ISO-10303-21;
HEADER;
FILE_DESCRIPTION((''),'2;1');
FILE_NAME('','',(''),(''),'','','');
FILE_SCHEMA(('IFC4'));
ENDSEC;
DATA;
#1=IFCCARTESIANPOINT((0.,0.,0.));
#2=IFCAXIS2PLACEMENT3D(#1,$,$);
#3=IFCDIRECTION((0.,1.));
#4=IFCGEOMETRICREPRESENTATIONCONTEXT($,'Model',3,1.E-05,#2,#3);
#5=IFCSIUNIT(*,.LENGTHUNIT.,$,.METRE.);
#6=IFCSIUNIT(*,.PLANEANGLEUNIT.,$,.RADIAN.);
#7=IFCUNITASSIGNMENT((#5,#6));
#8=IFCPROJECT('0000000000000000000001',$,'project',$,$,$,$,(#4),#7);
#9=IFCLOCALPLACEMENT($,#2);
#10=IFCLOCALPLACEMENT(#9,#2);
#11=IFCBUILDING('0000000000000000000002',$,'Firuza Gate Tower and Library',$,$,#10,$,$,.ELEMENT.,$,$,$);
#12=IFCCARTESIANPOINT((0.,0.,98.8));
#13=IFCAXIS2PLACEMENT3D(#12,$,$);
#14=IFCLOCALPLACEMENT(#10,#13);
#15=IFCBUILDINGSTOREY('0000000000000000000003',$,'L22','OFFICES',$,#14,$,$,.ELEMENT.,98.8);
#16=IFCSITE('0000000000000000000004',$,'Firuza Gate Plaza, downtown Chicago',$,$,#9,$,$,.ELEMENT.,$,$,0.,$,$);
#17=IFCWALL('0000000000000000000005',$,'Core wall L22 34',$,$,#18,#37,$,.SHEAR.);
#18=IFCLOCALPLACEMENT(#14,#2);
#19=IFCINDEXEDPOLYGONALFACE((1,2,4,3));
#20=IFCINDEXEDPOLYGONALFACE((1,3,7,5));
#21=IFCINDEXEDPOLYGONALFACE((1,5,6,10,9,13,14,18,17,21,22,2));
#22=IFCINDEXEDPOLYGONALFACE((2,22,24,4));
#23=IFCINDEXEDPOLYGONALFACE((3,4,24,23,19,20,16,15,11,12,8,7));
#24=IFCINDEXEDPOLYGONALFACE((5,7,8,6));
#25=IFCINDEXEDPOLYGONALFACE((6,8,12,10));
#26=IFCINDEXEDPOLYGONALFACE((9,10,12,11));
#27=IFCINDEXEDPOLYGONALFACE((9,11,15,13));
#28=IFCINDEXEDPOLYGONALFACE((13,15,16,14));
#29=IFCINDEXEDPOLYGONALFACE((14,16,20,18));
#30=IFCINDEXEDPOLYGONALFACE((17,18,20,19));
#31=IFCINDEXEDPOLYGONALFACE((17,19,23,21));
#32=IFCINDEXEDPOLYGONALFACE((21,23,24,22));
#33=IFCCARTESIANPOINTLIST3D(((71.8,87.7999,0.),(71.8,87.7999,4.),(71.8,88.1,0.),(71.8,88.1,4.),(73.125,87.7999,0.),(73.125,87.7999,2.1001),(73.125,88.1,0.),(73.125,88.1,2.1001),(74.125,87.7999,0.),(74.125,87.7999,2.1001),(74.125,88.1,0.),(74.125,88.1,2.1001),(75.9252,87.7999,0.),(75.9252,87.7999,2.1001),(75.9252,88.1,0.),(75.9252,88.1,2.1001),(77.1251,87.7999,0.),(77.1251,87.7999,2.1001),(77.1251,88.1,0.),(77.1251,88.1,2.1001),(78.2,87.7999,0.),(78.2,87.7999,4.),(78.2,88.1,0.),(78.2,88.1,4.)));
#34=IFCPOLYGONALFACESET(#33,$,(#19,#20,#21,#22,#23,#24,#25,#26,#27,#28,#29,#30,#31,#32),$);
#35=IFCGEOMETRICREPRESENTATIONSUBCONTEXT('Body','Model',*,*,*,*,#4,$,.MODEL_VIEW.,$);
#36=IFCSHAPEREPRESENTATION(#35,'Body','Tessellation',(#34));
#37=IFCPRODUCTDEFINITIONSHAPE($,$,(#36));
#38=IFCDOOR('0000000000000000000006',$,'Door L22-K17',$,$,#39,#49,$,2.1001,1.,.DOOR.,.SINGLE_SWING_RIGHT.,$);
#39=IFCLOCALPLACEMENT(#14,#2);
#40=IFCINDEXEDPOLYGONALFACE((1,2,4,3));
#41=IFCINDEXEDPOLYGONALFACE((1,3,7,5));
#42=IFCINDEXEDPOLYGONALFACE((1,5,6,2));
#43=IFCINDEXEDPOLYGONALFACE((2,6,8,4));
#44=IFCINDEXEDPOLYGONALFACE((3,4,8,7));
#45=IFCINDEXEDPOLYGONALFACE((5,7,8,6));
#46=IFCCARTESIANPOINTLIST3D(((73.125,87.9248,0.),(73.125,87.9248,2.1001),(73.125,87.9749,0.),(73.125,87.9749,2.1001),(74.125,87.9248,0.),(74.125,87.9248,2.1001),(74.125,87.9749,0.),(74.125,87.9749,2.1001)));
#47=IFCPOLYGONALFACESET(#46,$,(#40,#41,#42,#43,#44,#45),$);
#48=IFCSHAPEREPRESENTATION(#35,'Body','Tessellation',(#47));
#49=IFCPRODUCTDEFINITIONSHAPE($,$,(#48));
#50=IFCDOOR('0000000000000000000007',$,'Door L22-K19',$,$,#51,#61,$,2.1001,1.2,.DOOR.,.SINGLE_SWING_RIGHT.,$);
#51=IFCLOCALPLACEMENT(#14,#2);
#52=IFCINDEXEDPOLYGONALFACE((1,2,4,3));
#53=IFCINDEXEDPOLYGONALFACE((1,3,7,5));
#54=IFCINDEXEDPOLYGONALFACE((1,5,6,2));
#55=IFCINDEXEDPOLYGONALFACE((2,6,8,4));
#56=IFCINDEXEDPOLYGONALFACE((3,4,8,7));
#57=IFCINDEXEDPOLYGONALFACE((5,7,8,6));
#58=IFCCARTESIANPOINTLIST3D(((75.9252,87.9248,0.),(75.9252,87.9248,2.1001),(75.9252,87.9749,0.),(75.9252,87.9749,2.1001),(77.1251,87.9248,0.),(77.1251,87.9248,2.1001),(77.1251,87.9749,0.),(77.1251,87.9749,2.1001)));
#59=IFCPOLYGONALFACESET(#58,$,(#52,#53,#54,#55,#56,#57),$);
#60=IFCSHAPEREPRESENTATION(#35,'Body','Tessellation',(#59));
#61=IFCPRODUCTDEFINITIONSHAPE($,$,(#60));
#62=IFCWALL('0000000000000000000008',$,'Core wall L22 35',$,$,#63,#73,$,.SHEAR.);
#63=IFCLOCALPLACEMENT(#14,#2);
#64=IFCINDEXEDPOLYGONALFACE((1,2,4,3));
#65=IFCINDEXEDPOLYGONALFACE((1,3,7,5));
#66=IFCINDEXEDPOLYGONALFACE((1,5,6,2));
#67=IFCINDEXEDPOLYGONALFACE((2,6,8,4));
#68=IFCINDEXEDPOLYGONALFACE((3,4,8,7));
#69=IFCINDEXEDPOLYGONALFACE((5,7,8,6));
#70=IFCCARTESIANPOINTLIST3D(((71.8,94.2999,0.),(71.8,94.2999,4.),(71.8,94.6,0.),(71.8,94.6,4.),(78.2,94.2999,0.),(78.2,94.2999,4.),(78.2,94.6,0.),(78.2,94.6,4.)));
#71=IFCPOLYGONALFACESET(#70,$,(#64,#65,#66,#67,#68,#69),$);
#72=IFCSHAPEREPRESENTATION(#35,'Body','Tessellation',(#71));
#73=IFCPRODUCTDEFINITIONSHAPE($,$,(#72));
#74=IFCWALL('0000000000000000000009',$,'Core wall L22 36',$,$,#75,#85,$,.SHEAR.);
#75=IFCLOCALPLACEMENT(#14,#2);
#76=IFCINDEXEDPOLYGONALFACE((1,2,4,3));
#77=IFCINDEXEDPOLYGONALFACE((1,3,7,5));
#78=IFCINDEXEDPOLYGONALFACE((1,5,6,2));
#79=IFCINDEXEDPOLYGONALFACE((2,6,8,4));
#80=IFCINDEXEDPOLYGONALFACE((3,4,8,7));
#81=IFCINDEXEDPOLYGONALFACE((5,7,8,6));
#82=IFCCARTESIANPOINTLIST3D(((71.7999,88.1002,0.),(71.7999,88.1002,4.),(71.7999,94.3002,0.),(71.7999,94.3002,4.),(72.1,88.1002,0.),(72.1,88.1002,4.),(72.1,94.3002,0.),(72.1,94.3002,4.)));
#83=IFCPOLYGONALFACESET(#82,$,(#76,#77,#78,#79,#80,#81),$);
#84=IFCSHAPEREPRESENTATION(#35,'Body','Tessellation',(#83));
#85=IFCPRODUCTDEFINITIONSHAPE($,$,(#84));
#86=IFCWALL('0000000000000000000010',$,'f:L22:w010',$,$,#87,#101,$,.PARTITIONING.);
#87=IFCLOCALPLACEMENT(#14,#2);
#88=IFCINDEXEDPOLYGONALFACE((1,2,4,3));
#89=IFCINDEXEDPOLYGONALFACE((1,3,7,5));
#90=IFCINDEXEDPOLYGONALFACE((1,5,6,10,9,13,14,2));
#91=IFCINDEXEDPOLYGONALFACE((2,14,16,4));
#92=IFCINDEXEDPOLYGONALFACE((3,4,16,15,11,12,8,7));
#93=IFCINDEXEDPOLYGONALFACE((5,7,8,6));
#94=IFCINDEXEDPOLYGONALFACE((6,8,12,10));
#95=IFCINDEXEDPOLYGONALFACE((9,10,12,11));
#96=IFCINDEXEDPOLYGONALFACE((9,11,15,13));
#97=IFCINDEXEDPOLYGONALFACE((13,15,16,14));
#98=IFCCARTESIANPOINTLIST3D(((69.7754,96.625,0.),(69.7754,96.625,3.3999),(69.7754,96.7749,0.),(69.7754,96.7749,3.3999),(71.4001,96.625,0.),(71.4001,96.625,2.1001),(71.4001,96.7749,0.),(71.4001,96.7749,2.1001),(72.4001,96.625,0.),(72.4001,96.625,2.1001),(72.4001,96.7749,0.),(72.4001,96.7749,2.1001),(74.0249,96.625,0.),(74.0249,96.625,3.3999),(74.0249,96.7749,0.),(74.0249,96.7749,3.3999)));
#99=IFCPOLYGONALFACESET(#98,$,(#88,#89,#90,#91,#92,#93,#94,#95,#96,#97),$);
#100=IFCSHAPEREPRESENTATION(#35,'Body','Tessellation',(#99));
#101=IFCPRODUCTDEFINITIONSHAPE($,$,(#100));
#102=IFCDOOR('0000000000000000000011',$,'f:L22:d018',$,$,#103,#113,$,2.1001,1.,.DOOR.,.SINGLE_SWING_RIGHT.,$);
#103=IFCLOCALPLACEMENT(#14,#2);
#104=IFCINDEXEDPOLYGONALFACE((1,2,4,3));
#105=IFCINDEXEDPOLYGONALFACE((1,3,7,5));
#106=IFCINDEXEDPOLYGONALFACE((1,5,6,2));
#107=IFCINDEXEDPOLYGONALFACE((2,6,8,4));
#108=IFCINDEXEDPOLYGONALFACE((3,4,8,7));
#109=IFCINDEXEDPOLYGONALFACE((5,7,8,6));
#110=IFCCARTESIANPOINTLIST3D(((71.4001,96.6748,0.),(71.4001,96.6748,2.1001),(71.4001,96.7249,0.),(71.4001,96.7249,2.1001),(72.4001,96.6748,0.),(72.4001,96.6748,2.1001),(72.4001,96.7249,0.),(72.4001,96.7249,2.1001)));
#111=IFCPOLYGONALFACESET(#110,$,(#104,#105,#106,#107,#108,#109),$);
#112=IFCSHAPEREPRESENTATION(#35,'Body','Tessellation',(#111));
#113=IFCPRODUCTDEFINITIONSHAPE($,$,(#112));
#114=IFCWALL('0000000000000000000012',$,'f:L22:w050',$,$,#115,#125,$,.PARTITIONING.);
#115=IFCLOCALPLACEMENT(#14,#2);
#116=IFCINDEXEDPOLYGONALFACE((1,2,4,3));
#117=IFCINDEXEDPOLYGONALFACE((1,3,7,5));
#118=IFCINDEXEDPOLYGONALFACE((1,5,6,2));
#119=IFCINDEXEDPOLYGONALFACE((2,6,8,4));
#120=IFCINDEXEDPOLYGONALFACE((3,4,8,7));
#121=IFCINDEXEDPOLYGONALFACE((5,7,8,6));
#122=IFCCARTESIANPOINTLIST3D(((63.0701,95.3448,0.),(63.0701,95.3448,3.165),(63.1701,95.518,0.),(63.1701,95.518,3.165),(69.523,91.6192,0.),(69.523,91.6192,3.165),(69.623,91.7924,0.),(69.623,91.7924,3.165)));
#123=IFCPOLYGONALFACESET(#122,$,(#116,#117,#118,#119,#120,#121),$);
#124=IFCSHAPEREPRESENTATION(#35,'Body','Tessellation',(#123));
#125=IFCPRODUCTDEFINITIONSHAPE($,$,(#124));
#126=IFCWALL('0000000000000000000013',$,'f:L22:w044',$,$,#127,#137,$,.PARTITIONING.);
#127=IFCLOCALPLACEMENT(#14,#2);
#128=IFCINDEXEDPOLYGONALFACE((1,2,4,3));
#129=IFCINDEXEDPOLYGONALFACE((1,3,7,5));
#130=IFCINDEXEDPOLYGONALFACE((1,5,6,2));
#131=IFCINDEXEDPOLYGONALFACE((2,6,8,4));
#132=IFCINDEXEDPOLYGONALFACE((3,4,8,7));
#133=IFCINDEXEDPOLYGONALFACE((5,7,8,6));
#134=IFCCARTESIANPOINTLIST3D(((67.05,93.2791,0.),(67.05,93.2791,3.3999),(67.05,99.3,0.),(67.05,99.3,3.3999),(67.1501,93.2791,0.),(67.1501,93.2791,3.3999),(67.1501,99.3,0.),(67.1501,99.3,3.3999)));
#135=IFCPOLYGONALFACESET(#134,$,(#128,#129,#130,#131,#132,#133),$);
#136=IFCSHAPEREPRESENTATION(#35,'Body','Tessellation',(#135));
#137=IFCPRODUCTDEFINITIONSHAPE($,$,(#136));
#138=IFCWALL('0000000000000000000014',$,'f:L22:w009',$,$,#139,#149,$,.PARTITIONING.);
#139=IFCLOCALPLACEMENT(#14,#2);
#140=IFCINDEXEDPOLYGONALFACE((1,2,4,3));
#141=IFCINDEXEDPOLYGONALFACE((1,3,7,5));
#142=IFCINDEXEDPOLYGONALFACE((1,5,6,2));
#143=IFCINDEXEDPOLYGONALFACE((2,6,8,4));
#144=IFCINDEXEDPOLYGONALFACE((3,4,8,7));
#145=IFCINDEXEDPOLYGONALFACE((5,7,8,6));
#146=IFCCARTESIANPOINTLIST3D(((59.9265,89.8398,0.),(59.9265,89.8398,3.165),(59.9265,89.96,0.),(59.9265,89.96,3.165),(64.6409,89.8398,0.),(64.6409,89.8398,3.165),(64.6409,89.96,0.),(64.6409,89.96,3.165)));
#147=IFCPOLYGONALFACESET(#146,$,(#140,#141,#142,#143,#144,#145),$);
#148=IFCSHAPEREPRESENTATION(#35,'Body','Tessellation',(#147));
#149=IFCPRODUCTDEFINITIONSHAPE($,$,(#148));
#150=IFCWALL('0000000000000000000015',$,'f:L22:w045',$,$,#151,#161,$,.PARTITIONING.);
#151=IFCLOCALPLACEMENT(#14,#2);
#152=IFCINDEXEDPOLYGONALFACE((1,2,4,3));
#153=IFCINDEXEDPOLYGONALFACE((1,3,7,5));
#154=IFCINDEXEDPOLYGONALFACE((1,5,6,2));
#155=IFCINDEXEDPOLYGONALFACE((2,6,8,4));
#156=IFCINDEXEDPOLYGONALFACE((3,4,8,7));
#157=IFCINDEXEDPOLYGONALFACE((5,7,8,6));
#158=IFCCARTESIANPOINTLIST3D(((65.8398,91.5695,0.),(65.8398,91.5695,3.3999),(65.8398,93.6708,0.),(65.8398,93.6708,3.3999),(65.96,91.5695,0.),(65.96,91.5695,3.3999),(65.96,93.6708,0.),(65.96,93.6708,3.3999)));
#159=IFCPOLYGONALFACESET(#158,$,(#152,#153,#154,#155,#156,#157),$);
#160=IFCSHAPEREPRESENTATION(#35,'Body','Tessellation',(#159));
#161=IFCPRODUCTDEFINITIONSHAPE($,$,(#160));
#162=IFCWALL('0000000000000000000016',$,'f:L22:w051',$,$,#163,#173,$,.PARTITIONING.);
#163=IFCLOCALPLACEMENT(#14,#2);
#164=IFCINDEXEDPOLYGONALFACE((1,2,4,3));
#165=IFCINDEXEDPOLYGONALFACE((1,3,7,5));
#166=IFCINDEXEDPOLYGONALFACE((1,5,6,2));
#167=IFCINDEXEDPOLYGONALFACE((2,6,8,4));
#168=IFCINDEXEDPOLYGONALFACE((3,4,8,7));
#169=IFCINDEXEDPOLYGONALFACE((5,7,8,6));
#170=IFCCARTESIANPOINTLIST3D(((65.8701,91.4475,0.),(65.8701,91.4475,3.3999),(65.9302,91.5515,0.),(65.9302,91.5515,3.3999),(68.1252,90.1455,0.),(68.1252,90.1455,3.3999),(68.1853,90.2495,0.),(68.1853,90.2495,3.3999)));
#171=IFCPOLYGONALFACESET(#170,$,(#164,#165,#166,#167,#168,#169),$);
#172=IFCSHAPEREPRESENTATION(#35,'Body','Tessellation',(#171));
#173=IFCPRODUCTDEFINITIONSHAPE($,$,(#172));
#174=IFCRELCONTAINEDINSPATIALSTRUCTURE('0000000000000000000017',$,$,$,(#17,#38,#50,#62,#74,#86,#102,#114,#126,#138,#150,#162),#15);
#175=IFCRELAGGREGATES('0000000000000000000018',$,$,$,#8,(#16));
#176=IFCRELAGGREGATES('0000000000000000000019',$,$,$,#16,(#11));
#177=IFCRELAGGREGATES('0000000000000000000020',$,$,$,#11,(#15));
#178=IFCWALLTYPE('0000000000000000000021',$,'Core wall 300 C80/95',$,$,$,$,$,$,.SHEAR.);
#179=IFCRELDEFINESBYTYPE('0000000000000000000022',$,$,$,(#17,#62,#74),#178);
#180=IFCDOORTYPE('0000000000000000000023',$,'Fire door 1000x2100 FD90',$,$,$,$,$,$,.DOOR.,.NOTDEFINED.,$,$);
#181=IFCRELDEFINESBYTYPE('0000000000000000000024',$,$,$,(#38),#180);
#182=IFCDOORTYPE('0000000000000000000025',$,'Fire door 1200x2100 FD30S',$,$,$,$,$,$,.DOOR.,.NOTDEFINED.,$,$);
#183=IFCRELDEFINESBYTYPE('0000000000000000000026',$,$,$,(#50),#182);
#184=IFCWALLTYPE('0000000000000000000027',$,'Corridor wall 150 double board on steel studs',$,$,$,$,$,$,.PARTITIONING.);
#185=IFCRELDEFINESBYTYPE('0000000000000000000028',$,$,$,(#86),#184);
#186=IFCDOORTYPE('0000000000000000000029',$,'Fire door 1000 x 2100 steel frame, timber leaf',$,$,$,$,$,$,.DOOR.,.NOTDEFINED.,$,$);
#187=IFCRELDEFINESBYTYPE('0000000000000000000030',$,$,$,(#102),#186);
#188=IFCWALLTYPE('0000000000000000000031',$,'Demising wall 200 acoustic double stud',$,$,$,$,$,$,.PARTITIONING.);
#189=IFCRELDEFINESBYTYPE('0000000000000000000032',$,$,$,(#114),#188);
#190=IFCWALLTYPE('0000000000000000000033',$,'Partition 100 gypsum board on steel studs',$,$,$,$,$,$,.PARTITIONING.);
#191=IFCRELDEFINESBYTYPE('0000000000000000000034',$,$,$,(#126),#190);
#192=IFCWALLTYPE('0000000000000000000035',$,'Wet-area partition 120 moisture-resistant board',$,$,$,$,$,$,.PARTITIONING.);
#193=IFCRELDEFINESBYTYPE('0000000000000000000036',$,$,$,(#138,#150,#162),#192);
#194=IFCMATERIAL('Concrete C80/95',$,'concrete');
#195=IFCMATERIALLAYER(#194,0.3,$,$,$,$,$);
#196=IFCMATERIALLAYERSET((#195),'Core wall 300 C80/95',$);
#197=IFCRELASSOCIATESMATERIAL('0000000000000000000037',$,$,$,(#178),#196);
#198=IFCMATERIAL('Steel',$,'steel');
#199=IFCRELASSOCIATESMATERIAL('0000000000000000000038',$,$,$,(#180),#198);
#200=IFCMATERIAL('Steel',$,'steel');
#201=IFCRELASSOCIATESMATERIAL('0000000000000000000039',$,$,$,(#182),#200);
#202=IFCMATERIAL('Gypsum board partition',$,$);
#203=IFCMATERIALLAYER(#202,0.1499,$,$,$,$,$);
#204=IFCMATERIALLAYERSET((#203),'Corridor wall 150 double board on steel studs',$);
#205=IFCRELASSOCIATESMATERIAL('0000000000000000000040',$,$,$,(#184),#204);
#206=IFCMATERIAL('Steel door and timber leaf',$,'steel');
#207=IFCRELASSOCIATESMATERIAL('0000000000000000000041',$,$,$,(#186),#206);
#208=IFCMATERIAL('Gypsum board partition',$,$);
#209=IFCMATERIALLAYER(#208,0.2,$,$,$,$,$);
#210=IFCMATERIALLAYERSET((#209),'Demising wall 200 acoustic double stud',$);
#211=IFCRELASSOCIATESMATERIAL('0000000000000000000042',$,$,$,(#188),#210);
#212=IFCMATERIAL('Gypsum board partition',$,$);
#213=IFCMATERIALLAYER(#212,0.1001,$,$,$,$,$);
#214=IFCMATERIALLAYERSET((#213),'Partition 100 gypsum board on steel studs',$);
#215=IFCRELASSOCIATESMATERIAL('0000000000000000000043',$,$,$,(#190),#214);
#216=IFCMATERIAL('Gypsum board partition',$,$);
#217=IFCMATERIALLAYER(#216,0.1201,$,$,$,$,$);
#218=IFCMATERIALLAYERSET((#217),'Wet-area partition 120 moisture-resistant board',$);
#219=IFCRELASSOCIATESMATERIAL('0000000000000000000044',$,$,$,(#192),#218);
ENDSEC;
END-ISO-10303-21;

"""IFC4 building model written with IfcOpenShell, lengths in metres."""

from ifc_helpers import new_model, si_unit, direction, frame, frame_2d, origin, place, context, subcontext, project, spatial, rectangle, extrude, material, layer, layer_set, type_object, element, fill, save


model = new_model("IFC4")

# Units and contexts
model_context = context("Model", 3, precision=1e-05, world=origin(), true_north=direction((0.0, 1.0)))
body_context = subcontext(model_context, "Body", "Model", "MODEL_VIEW")
ifc_project = project(units=[si_unit("LENGTHUNIT", "METRE"), si_unit("PLANEANGLEUNIT", "RADIAN")], contexts=[model_context])

# Site, building, storey
site_placement = place(None, origin())
site = spatial("IfcSite", under=ifc_project, at=site_placement, Name="Firuza Gate Plaza, downtown Chicago", CompositionType="ELEMENT", RefElevation=0.0)
building_placement = place(site_placement, origin())
building = spatial("IfcBuilding", under=site, at=building_placement, Name="Firuza Gate Tower and Library", CompositionType="ELEMENT")
storey_placement = place(building_placement, frame((0.0, 0.0, 98.8)))
storey = spatial("IfcBuildingStorey", under=building, at=storey_placement, Name="L22", Description="OFFICES", CompositionType="ELEMENT", Elevation=98.8)

# Wall, openings, doors
ifc_material_1 = material(Name="Concrete C80/95", Category="concrete")
ifc_layer_1 = layer(ifc_material_1, 0.3)
ifc_layer_set_1 = layer_set([ifc_layer_1], Name="Core wall 300 C80/95")
wall_type_1 = type_object("IfcWallType", Name="Core wall 300 C80/95", PredefinedType="SHEAR", material=ifc_layer_set_1)
wall_1_placement = place(storey_placement, frame((71.8, 87.95, 0.0), z_axis=(0.0, 0.0, 1.0), x_axis=(1.0, 0.0, 0.0)))
wall_1 = element("IfcWall", 1, at=wall_1_placement, inside=storey, type_object=wall_type_1, Name="Core wall L22 34", PredefinedType="SHEAR", context=body_context, shape_type="SweptSolid", body=[
    extrude(rectangle(XDim=6.3999, YDim=0.3, at=frame_2d((3.2, 0.0))), origin(), (0.0, 0.0, 1.0), 4.0),
])
opening_1_placement = place(wall_1_placement, frame((1.325, 0.0, 0.0)))
opening_1 = element("IfcOpeningElement", 2, at=opening_1_placement, cuts=wall_1, PredefinedType="OPENING", context=body_context, shape_type="SweptSolid", body=[
    extrude(rectangle(XDim=1.0, YDim=2.1001, at=frame_2d((0.5, 1.05))), frame((0.0, 0.1602, 0.0), z_axis=(0.0, -1.0, 0.0), x_axis=(1.0, 0.0, 0.0)), (0.0, 0.0, 1.0), 0.3201),
])
opening_2_placement = place(wall_1_placement, frame((4.125, 0.0, 0.0)))
opening_2 = element("IfcOpeningElement", 3, at=opening_2_placement, cuts=wall_1, PredefinedType="OPENING", context=body_context, shape_type="SweptSolid", body=[
    extrude(rectangle(XDim=1.2, YDim=2.1001, at=frame_2d((0.6001, 1.05))), frame((0.0, 0.1602, 0.0), z_axis=(0.0, -1.0, 0.0), x_axis=(1.0, 0.0, 0.0)), (0.0, 0.0, 1.0), 0.3201),
])
ifc_material_2 = material(Name="Steel", Category="steel")
door_type_1 = type_object("IfcDoorType", Name="Fire door 1000x2100 FD90", OperationType="NOTDEFINED", PredefinedType="DOOR", material=ifc_material_2)
door_1_placement = place(opening_1_placement, origin())
door_1 = element("IfcDoor", 4, at=door_1_placement, inside=storey, type_object=door_type_1, Name="Door L22-K17", OperationType="SINGLE_SWING_RIGHT", OverallHeight=2.1001, OverallWidth=1.0, PredefinedType="DOOR", context=body_context, shape_type="SweptSolid", body=[
    extrude(rectangle(XDim=1.0, YDim=2.1001, at=frame_2d((0.5, 1.05))), frame((0.0, 0.0249, 0.0), z_axis=(0.0, -1.0, 0.0), x_axis=(1.0, 0.0, 0.0)), (0.0, 0.0, 1.0), 0.05),
])
fill(opening_1, door_1)
ifc_material_3 = material(Name="Steel", Category="steel")
door_type_2 = type_object("IfcDoorType", Name="Fire door 1200x2100 FD30S", OperationType="NOTDEFINED", PredefinedType="DOOR", material=ifc_material_3)
door_2_placement = place(opening_2_placement, origin())
door_2 = element("IfcDoor", 5, at=door_2_placement, inside=storey, type_object=door_type_2, Name="Door L22-K19", OperationType="SINGLE_SWING_RIGHT", OverallHeight=2.1001, OverallWidth=1.2, PredefinedType="DOOR", context=body_context, shape_type="SweptSolid", body=[
    extrude(rectangle(XDim=1.2, YDim=2.1001, at=frame_2d((0.6001, 1.05))), frame((0.0, 0.0249, 0.0), z_axis=(0.0, -1.0, 0.0), x_axis=(1.0, 0.0, 0.0)), (0.0, 0.0, 1.0), 0.05),
])
fill(opening_2, door_2)

# Walls
wall_2_placement = place(storey_placement, frame((71.8, 94.45, 0.0), z_axis=(0.0, 0.0, 1.0), x_axis=(1.0, 0.0, 0.0)))
element("IfcWall", 6, at=wall_2_placement, inside=storey, type_object=wall_type_1, Name="Core wall L22 35", PredefinedType="SHEAR", context=body_context, shape_type="SweptSolid", body=[
    extrude(rectangle(XDim=6.3999, YDim=0.3, at=frame_2d((3.2, 0.0))), origin(), (0.0, 0.0, 1.0), 4.0),
])
wall_3_placement = place(storey_placement, frame((71.95, 88.1001, 0.0), z_axis=(0.0, 0.0, 1.0), x_axis=(0.0, 1.0, 0.0)))
element("IfcWall", 7, at=wall_3_placement, inside=storey, type_object=wall_type_1, Name="Core wall L22 36", PredefinedType="SHEAR", context=body_context, shape_type="SweptSolid", body=[
    extrude(rectangle(XDim=6.2, YDim=0.3, at=frame_2d((3.1001, 0.0))), origin(), (0.0, 0.0, 1.0), 4.0),
])

# Wall, opening, door
ifc_material_4 = material(Name="Gypsum board partition")
ifc_layer_2 = layer(ifc_material_4, 0.1499)
ifc_layer_set_2 = layer_set([ifc_layer_2], Name="Corridor wall 150 double board on steel studs")
wall_type_2 = type_object("IfcWallType", Name="Corridor wall 150 double board on steel studs", PredefinedType="PARTITIONING", material=ifc_layer_set_2)
wall_4_placement = place(storey_placement, frame((69.7754, 96.7, 0.0), z_axis=(0.0, 0.0, 1.0), x_axis=(1.0, 0.0, 0.0)))
wall_4 = element("IfcWall", 8, at=wall_4_placement, inside=storey, type_object=wall_type_2, Name="f:L22:w010", PredefinedType="PARTITIONING", context=body_context, shape_type="SweptSolid", body=[
    extrude(rectangle(XDim=4.2495, YDim=0.1499, at=frame_2d((2.1248, 0.0))), origin(), (0.0, 0.0, 1.0), 3.3999),
])
opening_3_placement = place(wall_4_placement, frame((1.6248, 0.0, 0.0)))
opening_3 = element("IfcOpeningElement", 9, at=opening_3_placement, cuts=wall_4, PredefinedType="OPENING", context=body_context, shape_type="SweptSolid", body=[
    extrude(rectangle(XDim=1.0, YDim=2.1001, at=frame_2d((0.5, 1.05))), frame((0.0, 0.085, 0.0), z_axis=(0.0, -1.0, 0.0), x_axis=(1.0, 0.0, 0.0)), (0.0, 0.0, 1.0), 0.1699),
])
ifc_material_5 = material(Name="Steel door and timber leaf", Category="steel")
door_type_3 = type_object("IfcDoorType", Name="Fire door 1000 x 2100 steel frame, timber leaf", OperationType="NOTDEFINED", PredefinedType="DOOR", material=ifc_material_5)
door_3_placement = place(opening_3_placement, origin())
door_3 = element("IfcDoor", 10, at=door_3_placement, inside=storey, type_object=door_type_3, Name="f:L22:d018", OperationType="SINGLE_SWING_RIGHT", OverallHeight=2.1001, OverallWidth=1.0, PredefinedType="DOOR", context=body_context, shape_type="SweptSolid", body=[
    extrude(rectangle(XDim=1.0, YDim=2.1001, at=frame_2d((0.5, 1.05))), frame((0.0, 0.0249, 0.0), z_axis=(0.0, -1.0, 0.0), x_axis=(1.0, 0.0, 0.0)), (0.0, 0.0, 1.0), 0.05),
])
fill(opening_3, door_3)

# Walls
ifc_material_6 = material(Name="Gypsum board partition")
ifc_layer_3 = layer(ifc_material_6, 0.2)
ifc_layer_set_3 = layer_set([ifc_layer_3], Name="Demising wall 200 acoustic double stud")
wall_type_3 = type_object("IfcWallType", Name="Demising wall 200 acoustic double stud", PredefinedType="PARTITIONING", material=ifc_layer_set_3)
wall_5_placement = place(storey_placement, frame((69.573, 91.7058, 0.0), z_axis=(0.0, 0.0, 1.0), x_axis=(-0.866025, 0.500001, 0.0)))
element("IfcWall", 11, at=wall_5_placement, inside=storey, type_object=wall_type_3, Name="f:L22:w050", PredefinedType="PARTITIONING", context=body_context, shape_type="SweptSolid", body=[
    extrude(rectangle(XDim=7.4512, YDim=0.2, at=frame_2d((3.7256, 0.0))), origin(), (0.0, 0.0, 1.0), 3.165),
])
ifc_material_7 = material(Name="Gypsum board partition")
ifc_layer_4 = layer(ifc_material_7, 0.1001)
ifc_layer_set_4 = layer_set([ifc_layer_4], Name="Partition 100 gypsum board on steel studs")
wall_type_4 = type_object("IfcWallType", Name="Partition 100 gypsum board on steel studs", PredefinedType="PARTITIONING", material=ifc_layer_set_4)
wall_6_placement = place(storey_placement, frame((67.1001, 93.2791, 0.0), z_axis=(0.0, 0.0, 1.0), x_axis=(0.0, 1.0, 0.0)))
element("IfcWall", 12, at=wall_6_placement, inside=storey, type_object=wall_type_4, Name="f:L22:w044", PredefinedType="PARTITIONING", context=body_context, shape_type="SweptSolid", body=[
    extrude(rectangle(XDim=6.021, YDim=0.1001, at=frame_2d((3.0105, 0.0))), origin(), (0.0, 0.0, 1.0), 3.3999),
])
ifc_material_8 = material(Name="Gypsum board partition")
ifc_layer_5 = layer(ifc_material_8, 0.1201)
ifc_layer_set_5 = layer_set([ifc_layer_5], Name="Wet-area partition 120 moisture-resistant board")
wall_type_5 = type_object("IfcWallType", Name="Wet-area partition 120 moisture-resistant board", PredefinedType="PARTITIONING", material=ifc_layer_set_5)
wall_7_placement = place(storey_placement, frame((59.9265, 89.8999, 0.0), z_axis=(0.0, 0.0, 1.0), x_axis=(1.0, 0.0, 0.0)))
element("IfcWall", 13, at=wall_7_placement, inside=storey, type_object=wall_type_5, Name="f:L22:w009", PredefinedType="PARTITIONING", context=body_context, shape_type="SweptSolid", body=[
    extrude(rectangle(XDim=4.7144, YDim=0.1201, at=frame_2d((2.3572, 0.0))), origin(), (0.0, 0.0, 1.0), 3.165),
])
wall_8_placement = place(storey_placement, frame((65.8999, 91.5693, 0.0), z_axis=(0.0, 0.0, 1.0), x_axis=(0.0, 1.0, 0.0)))
element("IfcWall", 14, at=wall_8_placement, inside=storey, type_object=wall_type_5, Name="f:L22:w045", PredefinedType="PARTITIONING", context=body_context, shape_type="SweptSolid", body=[
    extrude(rectangle(XDim=2.1013, YDim=0.1201, at=frame_2d((1.0508, 0.0))), origin(), (0.0, 0.0, 1.0), 3.3999),
])
wall_9_placement = place(storey_placement, frame((68.1553, 90.1975, 0.0), z_axis=(0.0, 0.0, 1.0), x_axis=(-0.866025, 0.500001, 0.0)))
element("IfcWall", 15, at=wall_9_placement, inside=storey, type_object=wall_type_5, Name="f:L22:w051", PredefinedType="PARTITIONING", context=body_context, shape_type="SweptSolid", body=[
    extrude(rectangle(XDim=2.604, YDim=0.1201, at=frame_2d((1.302, 0.0))), origin(), (0.0, 0.0, 1.0), 3.3999),
])

save(model, "model.ifc")
